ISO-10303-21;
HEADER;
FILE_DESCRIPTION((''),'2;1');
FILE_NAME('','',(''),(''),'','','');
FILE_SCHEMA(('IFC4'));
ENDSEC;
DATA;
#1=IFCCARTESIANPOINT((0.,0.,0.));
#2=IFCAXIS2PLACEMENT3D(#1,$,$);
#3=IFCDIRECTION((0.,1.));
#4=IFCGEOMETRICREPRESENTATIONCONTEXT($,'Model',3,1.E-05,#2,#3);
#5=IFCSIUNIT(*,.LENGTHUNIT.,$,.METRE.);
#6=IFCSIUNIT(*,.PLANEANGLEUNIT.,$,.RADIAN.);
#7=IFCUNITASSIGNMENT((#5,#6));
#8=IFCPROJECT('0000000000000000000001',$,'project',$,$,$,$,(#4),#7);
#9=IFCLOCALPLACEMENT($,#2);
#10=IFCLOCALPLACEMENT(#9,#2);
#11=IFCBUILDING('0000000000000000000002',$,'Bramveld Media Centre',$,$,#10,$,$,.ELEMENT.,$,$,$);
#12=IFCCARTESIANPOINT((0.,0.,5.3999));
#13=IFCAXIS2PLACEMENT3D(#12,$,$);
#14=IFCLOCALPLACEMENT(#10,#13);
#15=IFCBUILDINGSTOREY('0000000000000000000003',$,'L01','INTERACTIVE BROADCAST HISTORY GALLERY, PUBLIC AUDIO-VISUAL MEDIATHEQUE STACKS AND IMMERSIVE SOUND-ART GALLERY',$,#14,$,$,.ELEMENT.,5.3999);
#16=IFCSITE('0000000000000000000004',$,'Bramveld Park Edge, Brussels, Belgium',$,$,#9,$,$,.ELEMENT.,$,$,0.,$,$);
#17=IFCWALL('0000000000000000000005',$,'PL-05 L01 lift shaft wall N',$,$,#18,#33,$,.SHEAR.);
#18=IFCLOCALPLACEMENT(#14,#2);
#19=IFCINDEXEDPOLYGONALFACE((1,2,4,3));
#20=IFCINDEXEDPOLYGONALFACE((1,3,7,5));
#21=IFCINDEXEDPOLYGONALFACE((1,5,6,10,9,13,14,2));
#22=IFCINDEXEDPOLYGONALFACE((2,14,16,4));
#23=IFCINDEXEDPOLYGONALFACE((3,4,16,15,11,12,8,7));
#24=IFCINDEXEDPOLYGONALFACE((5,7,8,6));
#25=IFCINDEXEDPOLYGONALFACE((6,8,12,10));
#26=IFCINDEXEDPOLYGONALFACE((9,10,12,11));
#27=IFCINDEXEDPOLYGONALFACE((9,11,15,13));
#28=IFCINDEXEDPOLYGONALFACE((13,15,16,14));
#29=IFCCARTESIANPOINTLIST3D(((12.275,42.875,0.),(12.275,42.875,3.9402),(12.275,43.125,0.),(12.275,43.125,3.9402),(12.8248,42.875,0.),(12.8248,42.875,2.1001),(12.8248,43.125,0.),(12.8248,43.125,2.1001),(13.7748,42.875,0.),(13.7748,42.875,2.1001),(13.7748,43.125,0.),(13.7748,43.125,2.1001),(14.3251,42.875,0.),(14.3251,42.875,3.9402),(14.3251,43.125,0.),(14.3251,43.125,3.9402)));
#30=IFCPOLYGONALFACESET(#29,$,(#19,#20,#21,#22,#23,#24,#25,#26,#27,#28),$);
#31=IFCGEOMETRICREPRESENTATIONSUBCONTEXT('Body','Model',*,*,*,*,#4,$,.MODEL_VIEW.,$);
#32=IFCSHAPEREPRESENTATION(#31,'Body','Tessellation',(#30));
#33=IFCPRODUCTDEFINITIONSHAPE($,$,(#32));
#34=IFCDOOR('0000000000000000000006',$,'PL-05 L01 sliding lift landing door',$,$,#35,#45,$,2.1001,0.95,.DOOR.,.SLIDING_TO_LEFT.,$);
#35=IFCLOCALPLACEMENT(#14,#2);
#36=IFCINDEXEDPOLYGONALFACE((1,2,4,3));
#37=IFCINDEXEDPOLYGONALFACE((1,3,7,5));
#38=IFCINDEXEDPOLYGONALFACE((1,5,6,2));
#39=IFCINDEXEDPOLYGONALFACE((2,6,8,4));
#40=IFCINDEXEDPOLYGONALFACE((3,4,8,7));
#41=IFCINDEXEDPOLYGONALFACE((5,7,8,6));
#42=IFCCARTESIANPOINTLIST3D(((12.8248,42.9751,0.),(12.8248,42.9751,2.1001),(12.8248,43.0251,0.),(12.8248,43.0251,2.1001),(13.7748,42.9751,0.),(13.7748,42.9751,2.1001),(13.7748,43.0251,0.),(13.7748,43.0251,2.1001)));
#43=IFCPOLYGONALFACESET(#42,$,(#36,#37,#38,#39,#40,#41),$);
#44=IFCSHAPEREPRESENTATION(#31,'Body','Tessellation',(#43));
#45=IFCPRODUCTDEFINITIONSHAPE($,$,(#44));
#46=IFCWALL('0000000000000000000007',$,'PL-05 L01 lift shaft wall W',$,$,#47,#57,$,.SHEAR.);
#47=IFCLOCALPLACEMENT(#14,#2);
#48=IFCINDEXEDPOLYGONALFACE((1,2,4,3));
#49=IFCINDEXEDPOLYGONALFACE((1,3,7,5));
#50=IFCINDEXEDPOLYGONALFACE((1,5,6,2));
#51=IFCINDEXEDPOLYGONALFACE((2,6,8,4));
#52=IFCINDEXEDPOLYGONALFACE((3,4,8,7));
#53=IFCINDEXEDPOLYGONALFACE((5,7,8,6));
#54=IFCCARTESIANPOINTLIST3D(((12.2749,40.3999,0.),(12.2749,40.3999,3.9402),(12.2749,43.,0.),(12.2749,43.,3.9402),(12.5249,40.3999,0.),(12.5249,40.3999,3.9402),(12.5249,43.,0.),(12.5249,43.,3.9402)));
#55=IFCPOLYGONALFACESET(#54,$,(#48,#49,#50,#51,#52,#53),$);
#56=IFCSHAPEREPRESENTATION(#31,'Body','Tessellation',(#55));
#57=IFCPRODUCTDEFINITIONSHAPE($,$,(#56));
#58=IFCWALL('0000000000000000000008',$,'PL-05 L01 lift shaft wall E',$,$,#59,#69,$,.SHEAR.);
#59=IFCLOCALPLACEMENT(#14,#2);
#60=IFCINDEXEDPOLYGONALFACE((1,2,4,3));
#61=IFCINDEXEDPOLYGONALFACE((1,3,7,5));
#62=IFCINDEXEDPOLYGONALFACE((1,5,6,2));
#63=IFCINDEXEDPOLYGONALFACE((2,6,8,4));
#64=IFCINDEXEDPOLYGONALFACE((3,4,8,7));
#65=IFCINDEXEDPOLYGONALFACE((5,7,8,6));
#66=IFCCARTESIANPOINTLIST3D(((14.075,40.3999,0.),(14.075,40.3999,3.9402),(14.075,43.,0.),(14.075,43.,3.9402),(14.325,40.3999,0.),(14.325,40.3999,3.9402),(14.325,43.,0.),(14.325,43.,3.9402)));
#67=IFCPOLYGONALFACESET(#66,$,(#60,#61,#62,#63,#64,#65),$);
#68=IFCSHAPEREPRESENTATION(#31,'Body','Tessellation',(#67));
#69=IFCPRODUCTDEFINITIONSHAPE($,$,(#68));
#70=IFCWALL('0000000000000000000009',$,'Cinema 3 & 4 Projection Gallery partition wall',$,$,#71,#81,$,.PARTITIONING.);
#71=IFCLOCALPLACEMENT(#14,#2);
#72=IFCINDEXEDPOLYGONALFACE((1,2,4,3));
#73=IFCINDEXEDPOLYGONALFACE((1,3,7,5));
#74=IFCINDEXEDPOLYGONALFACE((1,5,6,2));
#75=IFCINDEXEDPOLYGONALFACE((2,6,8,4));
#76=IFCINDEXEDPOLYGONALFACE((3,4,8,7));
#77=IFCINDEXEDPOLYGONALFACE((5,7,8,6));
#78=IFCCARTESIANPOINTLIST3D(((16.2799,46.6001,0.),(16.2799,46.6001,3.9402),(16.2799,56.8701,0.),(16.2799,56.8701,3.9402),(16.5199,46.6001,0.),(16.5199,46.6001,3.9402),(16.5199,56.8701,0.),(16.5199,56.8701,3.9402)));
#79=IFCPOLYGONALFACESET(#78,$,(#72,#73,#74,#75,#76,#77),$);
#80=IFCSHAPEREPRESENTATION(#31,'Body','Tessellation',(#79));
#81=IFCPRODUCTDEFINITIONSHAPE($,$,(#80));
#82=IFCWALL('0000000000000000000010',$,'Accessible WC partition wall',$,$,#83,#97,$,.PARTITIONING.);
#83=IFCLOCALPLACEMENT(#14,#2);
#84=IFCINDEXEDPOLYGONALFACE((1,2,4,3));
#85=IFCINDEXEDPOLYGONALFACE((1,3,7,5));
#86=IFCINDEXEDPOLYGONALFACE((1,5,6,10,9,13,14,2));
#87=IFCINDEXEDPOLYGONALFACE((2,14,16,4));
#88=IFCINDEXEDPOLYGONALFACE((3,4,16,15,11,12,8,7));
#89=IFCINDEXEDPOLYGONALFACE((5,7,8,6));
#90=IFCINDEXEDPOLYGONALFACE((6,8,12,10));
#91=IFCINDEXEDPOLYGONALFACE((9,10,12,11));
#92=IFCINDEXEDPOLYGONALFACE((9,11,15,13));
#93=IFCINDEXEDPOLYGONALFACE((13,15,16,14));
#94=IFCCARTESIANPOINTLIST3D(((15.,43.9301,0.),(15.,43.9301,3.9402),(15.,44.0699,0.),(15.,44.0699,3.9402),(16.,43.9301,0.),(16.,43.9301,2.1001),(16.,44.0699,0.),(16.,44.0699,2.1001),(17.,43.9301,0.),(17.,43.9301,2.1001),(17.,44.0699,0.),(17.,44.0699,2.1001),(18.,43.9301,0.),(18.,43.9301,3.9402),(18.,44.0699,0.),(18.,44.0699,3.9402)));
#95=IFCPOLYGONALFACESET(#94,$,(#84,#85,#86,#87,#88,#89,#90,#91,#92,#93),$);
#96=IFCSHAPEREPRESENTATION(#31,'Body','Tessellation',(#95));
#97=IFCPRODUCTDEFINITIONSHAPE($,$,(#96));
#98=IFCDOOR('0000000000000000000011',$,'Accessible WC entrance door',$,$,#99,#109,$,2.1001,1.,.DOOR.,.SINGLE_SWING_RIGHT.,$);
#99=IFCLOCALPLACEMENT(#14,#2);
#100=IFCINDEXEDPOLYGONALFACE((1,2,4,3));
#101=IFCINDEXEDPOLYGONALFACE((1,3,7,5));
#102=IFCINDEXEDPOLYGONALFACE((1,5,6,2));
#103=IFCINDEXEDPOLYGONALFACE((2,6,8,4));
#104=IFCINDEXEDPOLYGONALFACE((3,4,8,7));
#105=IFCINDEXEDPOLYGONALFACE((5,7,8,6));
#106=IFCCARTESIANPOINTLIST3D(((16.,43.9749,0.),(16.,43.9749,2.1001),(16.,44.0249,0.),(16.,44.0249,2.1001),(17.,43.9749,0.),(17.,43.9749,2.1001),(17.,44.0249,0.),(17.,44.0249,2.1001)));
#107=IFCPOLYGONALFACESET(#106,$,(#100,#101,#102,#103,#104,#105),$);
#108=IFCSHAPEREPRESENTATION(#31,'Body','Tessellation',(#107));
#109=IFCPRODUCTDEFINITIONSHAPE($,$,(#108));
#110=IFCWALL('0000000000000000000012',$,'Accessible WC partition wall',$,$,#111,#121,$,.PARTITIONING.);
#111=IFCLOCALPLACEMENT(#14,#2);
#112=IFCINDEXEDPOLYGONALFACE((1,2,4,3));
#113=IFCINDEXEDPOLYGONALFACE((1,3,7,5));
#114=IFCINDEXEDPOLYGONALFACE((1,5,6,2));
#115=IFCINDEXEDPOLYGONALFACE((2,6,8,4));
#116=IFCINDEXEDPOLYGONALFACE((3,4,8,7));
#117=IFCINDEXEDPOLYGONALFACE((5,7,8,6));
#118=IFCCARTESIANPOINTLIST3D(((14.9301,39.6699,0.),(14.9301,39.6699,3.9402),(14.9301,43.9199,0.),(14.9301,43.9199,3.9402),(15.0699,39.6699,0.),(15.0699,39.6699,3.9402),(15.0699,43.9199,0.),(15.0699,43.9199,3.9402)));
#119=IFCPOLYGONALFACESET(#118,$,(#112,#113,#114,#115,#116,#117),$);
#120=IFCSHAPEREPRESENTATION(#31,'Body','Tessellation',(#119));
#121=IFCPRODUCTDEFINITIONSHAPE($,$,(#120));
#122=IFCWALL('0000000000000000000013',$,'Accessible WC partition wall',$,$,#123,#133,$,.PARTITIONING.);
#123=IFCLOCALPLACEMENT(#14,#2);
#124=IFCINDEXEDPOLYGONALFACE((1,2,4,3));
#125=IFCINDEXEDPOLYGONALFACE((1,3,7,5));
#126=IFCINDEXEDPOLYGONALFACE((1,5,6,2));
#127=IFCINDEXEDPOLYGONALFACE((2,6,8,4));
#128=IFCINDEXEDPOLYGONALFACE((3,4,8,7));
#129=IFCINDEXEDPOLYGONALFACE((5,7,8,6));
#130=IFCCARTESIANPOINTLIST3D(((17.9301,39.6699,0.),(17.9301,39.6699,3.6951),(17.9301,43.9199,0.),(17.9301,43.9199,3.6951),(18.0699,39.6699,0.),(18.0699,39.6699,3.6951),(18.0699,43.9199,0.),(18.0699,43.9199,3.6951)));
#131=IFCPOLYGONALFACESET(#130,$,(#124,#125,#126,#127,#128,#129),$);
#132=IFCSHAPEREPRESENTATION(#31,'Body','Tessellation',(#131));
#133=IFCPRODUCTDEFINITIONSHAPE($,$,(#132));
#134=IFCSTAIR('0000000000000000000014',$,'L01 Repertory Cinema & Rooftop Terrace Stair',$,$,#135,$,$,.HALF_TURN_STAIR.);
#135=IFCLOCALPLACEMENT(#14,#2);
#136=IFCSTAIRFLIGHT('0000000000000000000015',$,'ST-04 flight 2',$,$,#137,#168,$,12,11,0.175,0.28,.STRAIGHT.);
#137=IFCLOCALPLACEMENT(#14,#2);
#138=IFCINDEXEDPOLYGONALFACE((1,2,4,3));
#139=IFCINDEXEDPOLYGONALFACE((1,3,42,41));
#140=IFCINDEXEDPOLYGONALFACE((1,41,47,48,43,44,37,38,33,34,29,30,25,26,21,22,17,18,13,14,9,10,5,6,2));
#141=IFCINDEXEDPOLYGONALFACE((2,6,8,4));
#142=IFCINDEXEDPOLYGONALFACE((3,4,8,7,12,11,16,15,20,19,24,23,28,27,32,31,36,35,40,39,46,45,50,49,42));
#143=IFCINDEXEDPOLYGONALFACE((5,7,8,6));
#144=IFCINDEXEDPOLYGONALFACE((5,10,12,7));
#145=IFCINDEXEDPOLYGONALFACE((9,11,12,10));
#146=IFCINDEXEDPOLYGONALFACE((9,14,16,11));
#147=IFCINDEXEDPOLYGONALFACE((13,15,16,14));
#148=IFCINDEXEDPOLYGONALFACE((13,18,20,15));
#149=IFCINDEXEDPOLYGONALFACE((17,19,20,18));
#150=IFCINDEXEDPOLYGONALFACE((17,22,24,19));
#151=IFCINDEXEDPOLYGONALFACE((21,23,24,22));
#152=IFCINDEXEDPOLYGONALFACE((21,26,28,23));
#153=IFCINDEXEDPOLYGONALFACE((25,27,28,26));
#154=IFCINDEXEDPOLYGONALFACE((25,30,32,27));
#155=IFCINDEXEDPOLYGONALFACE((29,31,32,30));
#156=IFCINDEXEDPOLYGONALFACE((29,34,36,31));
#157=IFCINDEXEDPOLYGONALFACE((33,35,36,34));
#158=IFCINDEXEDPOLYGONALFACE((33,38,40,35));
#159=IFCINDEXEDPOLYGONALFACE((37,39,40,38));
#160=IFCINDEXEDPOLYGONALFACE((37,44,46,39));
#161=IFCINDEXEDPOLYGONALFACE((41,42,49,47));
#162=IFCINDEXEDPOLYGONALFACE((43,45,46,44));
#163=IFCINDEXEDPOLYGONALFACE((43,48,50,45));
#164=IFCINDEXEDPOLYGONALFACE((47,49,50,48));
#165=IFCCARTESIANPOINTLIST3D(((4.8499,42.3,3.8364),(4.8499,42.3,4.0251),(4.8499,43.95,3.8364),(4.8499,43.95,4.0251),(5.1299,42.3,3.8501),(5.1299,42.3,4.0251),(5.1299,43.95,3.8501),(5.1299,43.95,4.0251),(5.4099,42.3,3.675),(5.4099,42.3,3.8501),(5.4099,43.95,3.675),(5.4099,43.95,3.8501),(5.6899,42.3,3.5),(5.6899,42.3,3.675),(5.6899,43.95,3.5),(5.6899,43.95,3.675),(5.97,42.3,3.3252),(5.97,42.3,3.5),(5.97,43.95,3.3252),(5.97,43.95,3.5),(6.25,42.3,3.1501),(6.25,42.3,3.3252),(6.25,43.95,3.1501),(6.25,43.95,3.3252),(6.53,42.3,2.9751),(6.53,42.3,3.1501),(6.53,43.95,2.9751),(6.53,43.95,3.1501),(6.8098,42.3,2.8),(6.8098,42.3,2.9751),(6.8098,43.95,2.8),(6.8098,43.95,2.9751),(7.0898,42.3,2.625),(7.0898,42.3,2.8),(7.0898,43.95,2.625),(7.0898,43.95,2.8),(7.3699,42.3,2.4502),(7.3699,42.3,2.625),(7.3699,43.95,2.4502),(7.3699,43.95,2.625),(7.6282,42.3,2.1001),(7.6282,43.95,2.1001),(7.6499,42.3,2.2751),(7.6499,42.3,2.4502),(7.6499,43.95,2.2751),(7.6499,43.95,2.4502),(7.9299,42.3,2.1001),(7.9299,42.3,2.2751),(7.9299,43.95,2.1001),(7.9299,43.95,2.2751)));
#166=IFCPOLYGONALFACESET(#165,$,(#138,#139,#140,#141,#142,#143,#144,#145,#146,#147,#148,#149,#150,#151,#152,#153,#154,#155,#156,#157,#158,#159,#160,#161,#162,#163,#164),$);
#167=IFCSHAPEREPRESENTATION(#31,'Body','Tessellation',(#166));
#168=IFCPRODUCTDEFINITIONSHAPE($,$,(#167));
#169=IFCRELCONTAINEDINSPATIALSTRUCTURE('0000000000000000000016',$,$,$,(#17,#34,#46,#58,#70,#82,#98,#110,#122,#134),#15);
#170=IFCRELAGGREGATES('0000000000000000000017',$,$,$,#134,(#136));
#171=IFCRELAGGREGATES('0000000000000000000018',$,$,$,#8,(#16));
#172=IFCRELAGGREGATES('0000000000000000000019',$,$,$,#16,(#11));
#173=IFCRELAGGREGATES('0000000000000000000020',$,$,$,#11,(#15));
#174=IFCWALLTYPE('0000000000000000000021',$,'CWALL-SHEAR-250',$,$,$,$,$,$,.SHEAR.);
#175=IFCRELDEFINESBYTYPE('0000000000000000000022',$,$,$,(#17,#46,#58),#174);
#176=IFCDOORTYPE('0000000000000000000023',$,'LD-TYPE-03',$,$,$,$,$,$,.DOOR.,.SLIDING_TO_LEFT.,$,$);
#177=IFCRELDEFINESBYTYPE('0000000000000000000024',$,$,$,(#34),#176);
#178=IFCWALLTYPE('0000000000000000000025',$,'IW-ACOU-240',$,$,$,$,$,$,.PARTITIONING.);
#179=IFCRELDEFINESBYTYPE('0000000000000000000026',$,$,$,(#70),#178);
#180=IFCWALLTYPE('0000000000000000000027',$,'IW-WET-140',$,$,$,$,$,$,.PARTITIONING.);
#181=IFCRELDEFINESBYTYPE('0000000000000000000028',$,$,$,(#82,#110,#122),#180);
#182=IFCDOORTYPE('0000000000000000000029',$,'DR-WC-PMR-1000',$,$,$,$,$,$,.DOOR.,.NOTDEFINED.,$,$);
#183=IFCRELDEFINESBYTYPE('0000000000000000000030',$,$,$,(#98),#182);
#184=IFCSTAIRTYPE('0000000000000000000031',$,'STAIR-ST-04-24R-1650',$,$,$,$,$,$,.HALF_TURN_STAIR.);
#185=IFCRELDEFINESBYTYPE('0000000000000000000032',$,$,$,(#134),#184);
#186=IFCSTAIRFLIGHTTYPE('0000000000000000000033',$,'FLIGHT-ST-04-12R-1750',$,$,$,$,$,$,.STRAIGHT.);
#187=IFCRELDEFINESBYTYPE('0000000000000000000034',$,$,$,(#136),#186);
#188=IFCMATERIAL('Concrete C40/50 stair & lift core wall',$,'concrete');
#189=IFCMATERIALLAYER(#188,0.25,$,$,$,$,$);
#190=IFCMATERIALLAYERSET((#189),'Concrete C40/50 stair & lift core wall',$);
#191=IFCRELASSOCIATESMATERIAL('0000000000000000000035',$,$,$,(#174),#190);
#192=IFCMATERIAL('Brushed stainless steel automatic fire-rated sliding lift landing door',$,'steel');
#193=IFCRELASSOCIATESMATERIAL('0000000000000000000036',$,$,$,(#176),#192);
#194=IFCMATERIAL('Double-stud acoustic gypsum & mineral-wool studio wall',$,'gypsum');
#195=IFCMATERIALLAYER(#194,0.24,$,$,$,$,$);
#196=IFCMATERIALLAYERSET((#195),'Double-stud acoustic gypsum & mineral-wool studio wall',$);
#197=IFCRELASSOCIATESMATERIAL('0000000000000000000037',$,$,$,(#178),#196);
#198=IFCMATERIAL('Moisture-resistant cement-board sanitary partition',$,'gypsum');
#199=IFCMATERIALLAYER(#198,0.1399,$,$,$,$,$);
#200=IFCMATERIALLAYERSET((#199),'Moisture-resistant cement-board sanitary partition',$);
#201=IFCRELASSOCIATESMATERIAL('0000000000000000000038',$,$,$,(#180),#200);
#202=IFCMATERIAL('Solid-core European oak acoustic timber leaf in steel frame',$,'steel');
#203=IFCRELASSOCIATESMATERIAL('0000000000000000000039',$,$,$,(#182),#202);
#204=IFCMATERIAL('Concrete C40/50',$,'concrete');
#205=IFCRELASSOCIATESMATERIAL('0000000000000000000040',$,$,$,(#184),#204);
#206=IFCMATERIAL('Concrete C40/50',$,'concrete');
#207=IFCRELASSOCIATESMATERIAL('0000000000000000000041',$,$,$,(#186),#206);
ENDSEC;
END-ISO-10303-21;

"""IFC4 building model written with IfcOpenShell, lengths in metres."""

from ifc_helpers import new_model, si_unit, direction, frame, frame_2d, origin, place, context, subcontext, project, spatial, polyline, rectangle, outline, extrude, material, layer, layer_set, type_object, element, fill, aggregate, save


model = new_model("IFC4")

# Units and contexts
model_context = context("Model", 3, precision=1e-05, world=origin(), true_north=direction((0.0, 1.0)))
body_context = subcontext(model_context, "Body", "Model", "MODEL_VIEW")
ifc_project = project(units=[si_unit("LENGTHUNIT", "METRE"), si_unit("PLANEANGLEUNIT", "RADIAN")], contexts=[model_context])

# Site, building, storey
site_placement = place(None, origin())
site = spatial("IfcSite", under=ifc_project, at=site_placement, Name="Bramveld Park Edge, Brussels, Belgium", CompositionType="ELEMENT", RefElevation=0.0)
building_placement = place(site_placement, origin())
building = spatial("IfcBuilding", under=site, at=building_placement, Name="Bramveld Media Centre", CompositionType="ELEMENT")
storey_placement = place(building_placement, frame((0.0, 0.0, 5.3999)))
storey = spatial("IfcBuildingStorey", under=building, at=storey_placement, Name="L01", Description="INTERACTIVE BROADCAST HISTORY GALLERY, PUBLIC AUDIO-VISUAL MEDIATHEQUE STACKS AND IMMERSIVE SOUND-ART GALLERY", CompositionType="ELEMENT", Elevation=5.3999)

# Shared definitions
ifc_material_1 = material(Name="Concrete C40/50 stair & lift core wall", Category="concrete")
ifc_layer_1 = layer(ifc_material_1, 0.25)
ifc_layer_set_1 = layer_set([ifc_layer_1], Name="Concrete C40/50 stair & lift core wall")
wall_type_1 = type_object("IfcWallType", Name="CWALL-SHEAR-250", PredefinedType="SHEAR", material=ifc_layer_set_1)

# Wall, opening, door
wall_1_placement = place(storey_placement, frame((14.325, 43.0, 0.0), z_axis=(0.0, 0.0, 1.0), x_axis=(-1.0, 0.0, 0.0)))
wall_1 = element("IfcWall", 1, at=wall_1_placement, inside=storey, type_object=wall_type_1, Name="PL-05 L01 lift shaft wall N", PredefinedType="SHEAR", context=body_context, shape_type="SweptSolid", body=[
    extrude(rectangle(XDim=2.05, YDim=0.25, at=frame_2d((1.0249, 0.0))), origin(), (0.0, 0.0, 1.0), 3.9402),
])
opening_1_placement = place(wall_1_placement, frame((0.55, 0.0, 0.0)))
opening_1 = element("IfcOpeningElement", 2, at=opening_1_placement, cuts=wall_1, PredefinedType="OPENING", context=body_context, shape_type="SweptSolid", body=[
    extrude(rectangle(XDim=0.95, YDim=2.1001, at=frame_2d((0.4751, 1.05))), frame((0.0, 0.137, 0.0), z_axis=(0.0, -1.0, 0.0), x_axis=(1.0, 0.0, 0.0)), (0.0, 0.0, 1.0), 0.2739),
])
ifc_material_2 = material(Name="Brushed stainless steel automatic fire-rated sliding lift landing door", Category="steel")
door_type_1 = type_object("IfcDoorType", Name="LD-TYPE-03", OperationType="SLIDING_TO_LEFT", PredefinedType="DOOR", material=ifc_material_2)
door_1_placement = place(opening_1_placement, origin())
door_1 = element("IfcDoor", 3, at=door_1_placement, inside=storey, type_object=door_type_1, Name="PL-05 L01 sliding lift landing door", OperationType="SLIDING_TO_LEFT", OverallHeight=2.1001, OverallWidth=0.95, PredefinedType="DOOR", context=body_context, shape_type="SweptSolid", body=[
    extrude(rectangle(XDim=0.95, YDim=2.1001, at=frame_2d((0.4751, 1.05))), frame((0.0, 0.0249, 0.0), z_axis=(0.0, -1.0, 0.0), x_axis=(1.0, 0.0, 0.0)), (0.0, 0.0, 1.0), 0.05),
])
fill(opening_1, door_1)

# Walls
for number, where, z_axis, x_axis, name in (
    (4, (12.3999, 43.0, 0.0), (0.0, 0.0, 1.0), (0.0, -1.0, 0.0), "PL-05 L01 lift shaft wall W"),
    (5, (14.2, 40.3999, 0.0), (0.0, 0.0, 1.0), (0.0, 1.0, 0.0), "PL-05 L01 lift shaft wall E"),
):
    element("IfcWall", number, at=place(storey_placement, frame(where, z_axis=z_axis, x_axis=x_axis)), inside=storey, type_object=wall_type_1, Name=name, PredefinedType="SHEAR", context=body_context, shape_type="SweptSolid", body=[
        extrude(rectangle(XDim=2.6001, YDim=0.25, at=frame_2d((1.3, 0.0))), origin(), (0.0, 0.0, 1.0), 3.9402),
    ])
ifc_material_3 = material(Name="Double-stud acoustic gypsum & mineral-wool studio wall", Category="gypsum")
ifc_layer_2 = layer(ifc_material_3, 0.24)
ifc_layer_set_2 = layer_set([ifc_layer_2], Name="Double-stud acoustic gypsum & mineral-wool studio wall")
wall_type_2 = type_object("IfcWallType", Name="IW-ACOU-240", PredefinedType="PARTITIONING", material=ifc_layer_set_2)
wall_2_placement = place(storey_placement, frame((16.3999, 46.6001, 0.0), z_axis=(0.0, 0.0, 1.0), x_axis=(0.0, 1.0, 0.0)))
element("IfcWall", 6, at=wall_2_placement, inside=storey, type_object=wall_type_2, Name="Cinema 3 & 4 Projection Gallery partition wall", PredefinedType="PARTITIONING", context=body_context, shape_type="SweptSolid", body=[
    extrude(rectangle(XDim=10.27, YDim=0.24, at=frame_2d((5.135, 0.0))), origin(), (0.0, 0.0, 1.0), 3.9402),
])

# Wall, opening, door
ifc_material_4 = material(Name="Moisture-resistant cement-board sanitary partition", Category="gypsum")
ifc_layer_3 = layer(ifc_material_4, 0.1399)
ifc_layer_set_3 = layer_set([ifc_layer_3], Name="Moisture-resistant cement-board sanitary partition")
wall_type_3 = type_object("IfcWallType", Name="IW-WET-140", PredefinedType="PARTITIONING", material=ifc_layer_set_3)
wall_3_placement = place(storey_placement, frame((15.0, 44.0, 0.0), z_axis=(0.0, 0.0, 1.0), x_axis=(1.0, 0.0, 0.0)))
wall_3 = element("IfcWall", 7, at=wall_3_placement, inside=storey, type_object=wall_type_3, Name="Accessible WC partition wall", PredefinedType="PARTITIONING", context=body_context, shape_type="SweptSolid", body=[
    extrude(rectangle(XDim=3.0, YDim=0.1399, at=frame_2d((1.5, 0.0))), origin(), (0.0, 0.0, 1.0), 3.9402),
])
opening_2_placement = place(wall_3_placement, frame((1.0, 0.0, 0.0)))
opening_2 = element("IfcOpeningElement", 8, at=opening_2_placement, cuts=wall_3, PredefinedType="OPENING", context=body_context, shape_type="SweptSolid", body=[
    extrude(rectangle(XDim=1.0, YDim=2.1001, at=frame_2d((0.5, 1.05))), frame((0.0, 0.082, 0.0), z_axis=(0.0, -1.0, 0.0), x_axis=(1.0, 0.0, 0.0)), (0.0, 0.0, 1.0), 0.1638),
])
ifc_material_5 = material(Name="Solid-core European oak acoustic timber leaf in steel frame", Category="steel")
door_type_2 = type_object("IfcDoorType", Name="DR-WC-PMR-1000", OperationType="NOTDEFINED", PredefinedType="DOOR", material=ifc_material_5)
door_2_placement = place(opening_2_placement, origin())
door_2 = element("IfcDoor", 9, at=door_2_placement, inside=storey, type_object=door_type_2, Name="Accessible WC entrance door", OperationType="SINGLE_SWING_RIGHT", OverallHeight=2.1001, OverallWidth=1.0, PredefinedType="DOOR", context=body_context, shape_type="SweptSolid", body=[
    extrude(rectangle(XDim=1.0, YDim=2.1001, at=frame_2d((0.5, 1.05))), frame((0.0, 0.0249, 0.0), z_axis=(0.0, -1.0, 0.0), x_axis=(1.0, 0.0, 0.0)), (0.0, 0.0, 1.0), 0.05),
])
fill(opening_2, door_2)

# Walls
wall_4_placement = place(storey_placement, frame((15.0, 39.6699, 0.0), z_axis=(0.0, 0.0, 1.0), x_axis=(0.0, 1.0, 0.0)))
element("IfcWall", 10, at=wall_4_placement, inside=storey, type_object=wall_type_3, Name="Accessible WC partition wall", PredefinedType="PARTITIONING", context=body_context, shape_type="SweptSolid", body=[
    extrude(rectangle(XDim=4.25, YDim=0.1399, at=frame_2d((2.125, 0.0))), origin(), (0.0, 0.0, 1.0), 3.9402),
])
wall_5_placement = place(storey_placement, frame((18.0, 39.6699, 0.0), z_axis=(0.0, 0.0, 1.0), x_axis=(0.0, 1.0, 0.0)))
element("IfcWall", 11, at=wall_5_placement, inside=storey, type_object=wall_type_3, Name="Accessible WC partition wall", PredefinedType="PARTITIONING", context=body_context, shape_type="SweptSolid", body=[
    extrude(rectangle(XDim=4.25, YDim=0.1399, at=frame_2d((2.125, 0.0))), origin(), (0.0, 0.0, 1.0), 3.6951),
])

# Stair, stair flight
ifc_material_6 = material(Name="Concrete C40/50", Category="concrete")
stair_type = type_object("IfcStairType", Name="STAIR-ST-04-24R-1650", PredefinedType="HALF_TURN_STAIR", material=ifc_material_6)
stair_placement = place(storey_placement, origin())
stair = element("IfcStair", 12, at=stair_placement, inside=storey, type_object=stair_type, Name="L01 Repertory Cinema & Rooftop Terrace Stair", PredefinedType="HALF_TURN_STAIR")
ifc_material_7 = material(Name="Concrete C40/50", Category="concrete")
stair_flight_type = type_object("IfcStairFlightType", Name="FLIGHT-ST-04-12R-1750", PredefinedType="STRAIGHT", material=ifc_material_7)
stair_flight_placement = place(storey_placement, frame((7.9299, 43.125, 2.1001), z_axis=(0.0, 0.0, 1.0), x_axis=(-1.0, 0.0, 0.0)))
stair_flight = element("IfcStairFlight", 13, at=stair_flight_placement, type_object=stair_flight_type, Name="ST-04 flight 2", NumberOfRisers=12, NumberOfTreads=11, PredefinedType="STRAIGHT", RiserHeight=0.175, TreadLength=0.28, context=body_context, shape_type="SweptSolid", body=[
    extrude(outline(polyline([(0.0, 0.0), (0.0, 0.175), (0.28, 0.175), (0.28, 0.3501), (0.5601, 0.3501), (0.5601, 0.5249), (0.8401, 0.5249), (0.8401, 0.7), (1.1201, 0.7), (1.1201, 0.875), (1.3999, 0.875), (1.3999, 1.05), (1.6799, 1.05), (1.6799, 1.2251), (1.96, 1.2251), (1.96, 1.3999), (2.24, 1.3999), (2.24, 1.575), (2.52, 1.575), (2.52, 1.75), (2.8, 1.75), (2.8, 1.925), (3.0801, 1.925), (3.0801, 2.1001), (3.0801, 1.7363), (0.3018, 0.0), (0.0, 0.0)])), frame((0.0, 0.825, 0.0), z_axis=(0.0, -1.0, 0.0), x_axis=(1.0, 0.0, 0.0)), (0.0, 0.0, 1.0), 1.6499),
])
aggregate(stair, [stair_flight])

save(model, "model.ifc")
